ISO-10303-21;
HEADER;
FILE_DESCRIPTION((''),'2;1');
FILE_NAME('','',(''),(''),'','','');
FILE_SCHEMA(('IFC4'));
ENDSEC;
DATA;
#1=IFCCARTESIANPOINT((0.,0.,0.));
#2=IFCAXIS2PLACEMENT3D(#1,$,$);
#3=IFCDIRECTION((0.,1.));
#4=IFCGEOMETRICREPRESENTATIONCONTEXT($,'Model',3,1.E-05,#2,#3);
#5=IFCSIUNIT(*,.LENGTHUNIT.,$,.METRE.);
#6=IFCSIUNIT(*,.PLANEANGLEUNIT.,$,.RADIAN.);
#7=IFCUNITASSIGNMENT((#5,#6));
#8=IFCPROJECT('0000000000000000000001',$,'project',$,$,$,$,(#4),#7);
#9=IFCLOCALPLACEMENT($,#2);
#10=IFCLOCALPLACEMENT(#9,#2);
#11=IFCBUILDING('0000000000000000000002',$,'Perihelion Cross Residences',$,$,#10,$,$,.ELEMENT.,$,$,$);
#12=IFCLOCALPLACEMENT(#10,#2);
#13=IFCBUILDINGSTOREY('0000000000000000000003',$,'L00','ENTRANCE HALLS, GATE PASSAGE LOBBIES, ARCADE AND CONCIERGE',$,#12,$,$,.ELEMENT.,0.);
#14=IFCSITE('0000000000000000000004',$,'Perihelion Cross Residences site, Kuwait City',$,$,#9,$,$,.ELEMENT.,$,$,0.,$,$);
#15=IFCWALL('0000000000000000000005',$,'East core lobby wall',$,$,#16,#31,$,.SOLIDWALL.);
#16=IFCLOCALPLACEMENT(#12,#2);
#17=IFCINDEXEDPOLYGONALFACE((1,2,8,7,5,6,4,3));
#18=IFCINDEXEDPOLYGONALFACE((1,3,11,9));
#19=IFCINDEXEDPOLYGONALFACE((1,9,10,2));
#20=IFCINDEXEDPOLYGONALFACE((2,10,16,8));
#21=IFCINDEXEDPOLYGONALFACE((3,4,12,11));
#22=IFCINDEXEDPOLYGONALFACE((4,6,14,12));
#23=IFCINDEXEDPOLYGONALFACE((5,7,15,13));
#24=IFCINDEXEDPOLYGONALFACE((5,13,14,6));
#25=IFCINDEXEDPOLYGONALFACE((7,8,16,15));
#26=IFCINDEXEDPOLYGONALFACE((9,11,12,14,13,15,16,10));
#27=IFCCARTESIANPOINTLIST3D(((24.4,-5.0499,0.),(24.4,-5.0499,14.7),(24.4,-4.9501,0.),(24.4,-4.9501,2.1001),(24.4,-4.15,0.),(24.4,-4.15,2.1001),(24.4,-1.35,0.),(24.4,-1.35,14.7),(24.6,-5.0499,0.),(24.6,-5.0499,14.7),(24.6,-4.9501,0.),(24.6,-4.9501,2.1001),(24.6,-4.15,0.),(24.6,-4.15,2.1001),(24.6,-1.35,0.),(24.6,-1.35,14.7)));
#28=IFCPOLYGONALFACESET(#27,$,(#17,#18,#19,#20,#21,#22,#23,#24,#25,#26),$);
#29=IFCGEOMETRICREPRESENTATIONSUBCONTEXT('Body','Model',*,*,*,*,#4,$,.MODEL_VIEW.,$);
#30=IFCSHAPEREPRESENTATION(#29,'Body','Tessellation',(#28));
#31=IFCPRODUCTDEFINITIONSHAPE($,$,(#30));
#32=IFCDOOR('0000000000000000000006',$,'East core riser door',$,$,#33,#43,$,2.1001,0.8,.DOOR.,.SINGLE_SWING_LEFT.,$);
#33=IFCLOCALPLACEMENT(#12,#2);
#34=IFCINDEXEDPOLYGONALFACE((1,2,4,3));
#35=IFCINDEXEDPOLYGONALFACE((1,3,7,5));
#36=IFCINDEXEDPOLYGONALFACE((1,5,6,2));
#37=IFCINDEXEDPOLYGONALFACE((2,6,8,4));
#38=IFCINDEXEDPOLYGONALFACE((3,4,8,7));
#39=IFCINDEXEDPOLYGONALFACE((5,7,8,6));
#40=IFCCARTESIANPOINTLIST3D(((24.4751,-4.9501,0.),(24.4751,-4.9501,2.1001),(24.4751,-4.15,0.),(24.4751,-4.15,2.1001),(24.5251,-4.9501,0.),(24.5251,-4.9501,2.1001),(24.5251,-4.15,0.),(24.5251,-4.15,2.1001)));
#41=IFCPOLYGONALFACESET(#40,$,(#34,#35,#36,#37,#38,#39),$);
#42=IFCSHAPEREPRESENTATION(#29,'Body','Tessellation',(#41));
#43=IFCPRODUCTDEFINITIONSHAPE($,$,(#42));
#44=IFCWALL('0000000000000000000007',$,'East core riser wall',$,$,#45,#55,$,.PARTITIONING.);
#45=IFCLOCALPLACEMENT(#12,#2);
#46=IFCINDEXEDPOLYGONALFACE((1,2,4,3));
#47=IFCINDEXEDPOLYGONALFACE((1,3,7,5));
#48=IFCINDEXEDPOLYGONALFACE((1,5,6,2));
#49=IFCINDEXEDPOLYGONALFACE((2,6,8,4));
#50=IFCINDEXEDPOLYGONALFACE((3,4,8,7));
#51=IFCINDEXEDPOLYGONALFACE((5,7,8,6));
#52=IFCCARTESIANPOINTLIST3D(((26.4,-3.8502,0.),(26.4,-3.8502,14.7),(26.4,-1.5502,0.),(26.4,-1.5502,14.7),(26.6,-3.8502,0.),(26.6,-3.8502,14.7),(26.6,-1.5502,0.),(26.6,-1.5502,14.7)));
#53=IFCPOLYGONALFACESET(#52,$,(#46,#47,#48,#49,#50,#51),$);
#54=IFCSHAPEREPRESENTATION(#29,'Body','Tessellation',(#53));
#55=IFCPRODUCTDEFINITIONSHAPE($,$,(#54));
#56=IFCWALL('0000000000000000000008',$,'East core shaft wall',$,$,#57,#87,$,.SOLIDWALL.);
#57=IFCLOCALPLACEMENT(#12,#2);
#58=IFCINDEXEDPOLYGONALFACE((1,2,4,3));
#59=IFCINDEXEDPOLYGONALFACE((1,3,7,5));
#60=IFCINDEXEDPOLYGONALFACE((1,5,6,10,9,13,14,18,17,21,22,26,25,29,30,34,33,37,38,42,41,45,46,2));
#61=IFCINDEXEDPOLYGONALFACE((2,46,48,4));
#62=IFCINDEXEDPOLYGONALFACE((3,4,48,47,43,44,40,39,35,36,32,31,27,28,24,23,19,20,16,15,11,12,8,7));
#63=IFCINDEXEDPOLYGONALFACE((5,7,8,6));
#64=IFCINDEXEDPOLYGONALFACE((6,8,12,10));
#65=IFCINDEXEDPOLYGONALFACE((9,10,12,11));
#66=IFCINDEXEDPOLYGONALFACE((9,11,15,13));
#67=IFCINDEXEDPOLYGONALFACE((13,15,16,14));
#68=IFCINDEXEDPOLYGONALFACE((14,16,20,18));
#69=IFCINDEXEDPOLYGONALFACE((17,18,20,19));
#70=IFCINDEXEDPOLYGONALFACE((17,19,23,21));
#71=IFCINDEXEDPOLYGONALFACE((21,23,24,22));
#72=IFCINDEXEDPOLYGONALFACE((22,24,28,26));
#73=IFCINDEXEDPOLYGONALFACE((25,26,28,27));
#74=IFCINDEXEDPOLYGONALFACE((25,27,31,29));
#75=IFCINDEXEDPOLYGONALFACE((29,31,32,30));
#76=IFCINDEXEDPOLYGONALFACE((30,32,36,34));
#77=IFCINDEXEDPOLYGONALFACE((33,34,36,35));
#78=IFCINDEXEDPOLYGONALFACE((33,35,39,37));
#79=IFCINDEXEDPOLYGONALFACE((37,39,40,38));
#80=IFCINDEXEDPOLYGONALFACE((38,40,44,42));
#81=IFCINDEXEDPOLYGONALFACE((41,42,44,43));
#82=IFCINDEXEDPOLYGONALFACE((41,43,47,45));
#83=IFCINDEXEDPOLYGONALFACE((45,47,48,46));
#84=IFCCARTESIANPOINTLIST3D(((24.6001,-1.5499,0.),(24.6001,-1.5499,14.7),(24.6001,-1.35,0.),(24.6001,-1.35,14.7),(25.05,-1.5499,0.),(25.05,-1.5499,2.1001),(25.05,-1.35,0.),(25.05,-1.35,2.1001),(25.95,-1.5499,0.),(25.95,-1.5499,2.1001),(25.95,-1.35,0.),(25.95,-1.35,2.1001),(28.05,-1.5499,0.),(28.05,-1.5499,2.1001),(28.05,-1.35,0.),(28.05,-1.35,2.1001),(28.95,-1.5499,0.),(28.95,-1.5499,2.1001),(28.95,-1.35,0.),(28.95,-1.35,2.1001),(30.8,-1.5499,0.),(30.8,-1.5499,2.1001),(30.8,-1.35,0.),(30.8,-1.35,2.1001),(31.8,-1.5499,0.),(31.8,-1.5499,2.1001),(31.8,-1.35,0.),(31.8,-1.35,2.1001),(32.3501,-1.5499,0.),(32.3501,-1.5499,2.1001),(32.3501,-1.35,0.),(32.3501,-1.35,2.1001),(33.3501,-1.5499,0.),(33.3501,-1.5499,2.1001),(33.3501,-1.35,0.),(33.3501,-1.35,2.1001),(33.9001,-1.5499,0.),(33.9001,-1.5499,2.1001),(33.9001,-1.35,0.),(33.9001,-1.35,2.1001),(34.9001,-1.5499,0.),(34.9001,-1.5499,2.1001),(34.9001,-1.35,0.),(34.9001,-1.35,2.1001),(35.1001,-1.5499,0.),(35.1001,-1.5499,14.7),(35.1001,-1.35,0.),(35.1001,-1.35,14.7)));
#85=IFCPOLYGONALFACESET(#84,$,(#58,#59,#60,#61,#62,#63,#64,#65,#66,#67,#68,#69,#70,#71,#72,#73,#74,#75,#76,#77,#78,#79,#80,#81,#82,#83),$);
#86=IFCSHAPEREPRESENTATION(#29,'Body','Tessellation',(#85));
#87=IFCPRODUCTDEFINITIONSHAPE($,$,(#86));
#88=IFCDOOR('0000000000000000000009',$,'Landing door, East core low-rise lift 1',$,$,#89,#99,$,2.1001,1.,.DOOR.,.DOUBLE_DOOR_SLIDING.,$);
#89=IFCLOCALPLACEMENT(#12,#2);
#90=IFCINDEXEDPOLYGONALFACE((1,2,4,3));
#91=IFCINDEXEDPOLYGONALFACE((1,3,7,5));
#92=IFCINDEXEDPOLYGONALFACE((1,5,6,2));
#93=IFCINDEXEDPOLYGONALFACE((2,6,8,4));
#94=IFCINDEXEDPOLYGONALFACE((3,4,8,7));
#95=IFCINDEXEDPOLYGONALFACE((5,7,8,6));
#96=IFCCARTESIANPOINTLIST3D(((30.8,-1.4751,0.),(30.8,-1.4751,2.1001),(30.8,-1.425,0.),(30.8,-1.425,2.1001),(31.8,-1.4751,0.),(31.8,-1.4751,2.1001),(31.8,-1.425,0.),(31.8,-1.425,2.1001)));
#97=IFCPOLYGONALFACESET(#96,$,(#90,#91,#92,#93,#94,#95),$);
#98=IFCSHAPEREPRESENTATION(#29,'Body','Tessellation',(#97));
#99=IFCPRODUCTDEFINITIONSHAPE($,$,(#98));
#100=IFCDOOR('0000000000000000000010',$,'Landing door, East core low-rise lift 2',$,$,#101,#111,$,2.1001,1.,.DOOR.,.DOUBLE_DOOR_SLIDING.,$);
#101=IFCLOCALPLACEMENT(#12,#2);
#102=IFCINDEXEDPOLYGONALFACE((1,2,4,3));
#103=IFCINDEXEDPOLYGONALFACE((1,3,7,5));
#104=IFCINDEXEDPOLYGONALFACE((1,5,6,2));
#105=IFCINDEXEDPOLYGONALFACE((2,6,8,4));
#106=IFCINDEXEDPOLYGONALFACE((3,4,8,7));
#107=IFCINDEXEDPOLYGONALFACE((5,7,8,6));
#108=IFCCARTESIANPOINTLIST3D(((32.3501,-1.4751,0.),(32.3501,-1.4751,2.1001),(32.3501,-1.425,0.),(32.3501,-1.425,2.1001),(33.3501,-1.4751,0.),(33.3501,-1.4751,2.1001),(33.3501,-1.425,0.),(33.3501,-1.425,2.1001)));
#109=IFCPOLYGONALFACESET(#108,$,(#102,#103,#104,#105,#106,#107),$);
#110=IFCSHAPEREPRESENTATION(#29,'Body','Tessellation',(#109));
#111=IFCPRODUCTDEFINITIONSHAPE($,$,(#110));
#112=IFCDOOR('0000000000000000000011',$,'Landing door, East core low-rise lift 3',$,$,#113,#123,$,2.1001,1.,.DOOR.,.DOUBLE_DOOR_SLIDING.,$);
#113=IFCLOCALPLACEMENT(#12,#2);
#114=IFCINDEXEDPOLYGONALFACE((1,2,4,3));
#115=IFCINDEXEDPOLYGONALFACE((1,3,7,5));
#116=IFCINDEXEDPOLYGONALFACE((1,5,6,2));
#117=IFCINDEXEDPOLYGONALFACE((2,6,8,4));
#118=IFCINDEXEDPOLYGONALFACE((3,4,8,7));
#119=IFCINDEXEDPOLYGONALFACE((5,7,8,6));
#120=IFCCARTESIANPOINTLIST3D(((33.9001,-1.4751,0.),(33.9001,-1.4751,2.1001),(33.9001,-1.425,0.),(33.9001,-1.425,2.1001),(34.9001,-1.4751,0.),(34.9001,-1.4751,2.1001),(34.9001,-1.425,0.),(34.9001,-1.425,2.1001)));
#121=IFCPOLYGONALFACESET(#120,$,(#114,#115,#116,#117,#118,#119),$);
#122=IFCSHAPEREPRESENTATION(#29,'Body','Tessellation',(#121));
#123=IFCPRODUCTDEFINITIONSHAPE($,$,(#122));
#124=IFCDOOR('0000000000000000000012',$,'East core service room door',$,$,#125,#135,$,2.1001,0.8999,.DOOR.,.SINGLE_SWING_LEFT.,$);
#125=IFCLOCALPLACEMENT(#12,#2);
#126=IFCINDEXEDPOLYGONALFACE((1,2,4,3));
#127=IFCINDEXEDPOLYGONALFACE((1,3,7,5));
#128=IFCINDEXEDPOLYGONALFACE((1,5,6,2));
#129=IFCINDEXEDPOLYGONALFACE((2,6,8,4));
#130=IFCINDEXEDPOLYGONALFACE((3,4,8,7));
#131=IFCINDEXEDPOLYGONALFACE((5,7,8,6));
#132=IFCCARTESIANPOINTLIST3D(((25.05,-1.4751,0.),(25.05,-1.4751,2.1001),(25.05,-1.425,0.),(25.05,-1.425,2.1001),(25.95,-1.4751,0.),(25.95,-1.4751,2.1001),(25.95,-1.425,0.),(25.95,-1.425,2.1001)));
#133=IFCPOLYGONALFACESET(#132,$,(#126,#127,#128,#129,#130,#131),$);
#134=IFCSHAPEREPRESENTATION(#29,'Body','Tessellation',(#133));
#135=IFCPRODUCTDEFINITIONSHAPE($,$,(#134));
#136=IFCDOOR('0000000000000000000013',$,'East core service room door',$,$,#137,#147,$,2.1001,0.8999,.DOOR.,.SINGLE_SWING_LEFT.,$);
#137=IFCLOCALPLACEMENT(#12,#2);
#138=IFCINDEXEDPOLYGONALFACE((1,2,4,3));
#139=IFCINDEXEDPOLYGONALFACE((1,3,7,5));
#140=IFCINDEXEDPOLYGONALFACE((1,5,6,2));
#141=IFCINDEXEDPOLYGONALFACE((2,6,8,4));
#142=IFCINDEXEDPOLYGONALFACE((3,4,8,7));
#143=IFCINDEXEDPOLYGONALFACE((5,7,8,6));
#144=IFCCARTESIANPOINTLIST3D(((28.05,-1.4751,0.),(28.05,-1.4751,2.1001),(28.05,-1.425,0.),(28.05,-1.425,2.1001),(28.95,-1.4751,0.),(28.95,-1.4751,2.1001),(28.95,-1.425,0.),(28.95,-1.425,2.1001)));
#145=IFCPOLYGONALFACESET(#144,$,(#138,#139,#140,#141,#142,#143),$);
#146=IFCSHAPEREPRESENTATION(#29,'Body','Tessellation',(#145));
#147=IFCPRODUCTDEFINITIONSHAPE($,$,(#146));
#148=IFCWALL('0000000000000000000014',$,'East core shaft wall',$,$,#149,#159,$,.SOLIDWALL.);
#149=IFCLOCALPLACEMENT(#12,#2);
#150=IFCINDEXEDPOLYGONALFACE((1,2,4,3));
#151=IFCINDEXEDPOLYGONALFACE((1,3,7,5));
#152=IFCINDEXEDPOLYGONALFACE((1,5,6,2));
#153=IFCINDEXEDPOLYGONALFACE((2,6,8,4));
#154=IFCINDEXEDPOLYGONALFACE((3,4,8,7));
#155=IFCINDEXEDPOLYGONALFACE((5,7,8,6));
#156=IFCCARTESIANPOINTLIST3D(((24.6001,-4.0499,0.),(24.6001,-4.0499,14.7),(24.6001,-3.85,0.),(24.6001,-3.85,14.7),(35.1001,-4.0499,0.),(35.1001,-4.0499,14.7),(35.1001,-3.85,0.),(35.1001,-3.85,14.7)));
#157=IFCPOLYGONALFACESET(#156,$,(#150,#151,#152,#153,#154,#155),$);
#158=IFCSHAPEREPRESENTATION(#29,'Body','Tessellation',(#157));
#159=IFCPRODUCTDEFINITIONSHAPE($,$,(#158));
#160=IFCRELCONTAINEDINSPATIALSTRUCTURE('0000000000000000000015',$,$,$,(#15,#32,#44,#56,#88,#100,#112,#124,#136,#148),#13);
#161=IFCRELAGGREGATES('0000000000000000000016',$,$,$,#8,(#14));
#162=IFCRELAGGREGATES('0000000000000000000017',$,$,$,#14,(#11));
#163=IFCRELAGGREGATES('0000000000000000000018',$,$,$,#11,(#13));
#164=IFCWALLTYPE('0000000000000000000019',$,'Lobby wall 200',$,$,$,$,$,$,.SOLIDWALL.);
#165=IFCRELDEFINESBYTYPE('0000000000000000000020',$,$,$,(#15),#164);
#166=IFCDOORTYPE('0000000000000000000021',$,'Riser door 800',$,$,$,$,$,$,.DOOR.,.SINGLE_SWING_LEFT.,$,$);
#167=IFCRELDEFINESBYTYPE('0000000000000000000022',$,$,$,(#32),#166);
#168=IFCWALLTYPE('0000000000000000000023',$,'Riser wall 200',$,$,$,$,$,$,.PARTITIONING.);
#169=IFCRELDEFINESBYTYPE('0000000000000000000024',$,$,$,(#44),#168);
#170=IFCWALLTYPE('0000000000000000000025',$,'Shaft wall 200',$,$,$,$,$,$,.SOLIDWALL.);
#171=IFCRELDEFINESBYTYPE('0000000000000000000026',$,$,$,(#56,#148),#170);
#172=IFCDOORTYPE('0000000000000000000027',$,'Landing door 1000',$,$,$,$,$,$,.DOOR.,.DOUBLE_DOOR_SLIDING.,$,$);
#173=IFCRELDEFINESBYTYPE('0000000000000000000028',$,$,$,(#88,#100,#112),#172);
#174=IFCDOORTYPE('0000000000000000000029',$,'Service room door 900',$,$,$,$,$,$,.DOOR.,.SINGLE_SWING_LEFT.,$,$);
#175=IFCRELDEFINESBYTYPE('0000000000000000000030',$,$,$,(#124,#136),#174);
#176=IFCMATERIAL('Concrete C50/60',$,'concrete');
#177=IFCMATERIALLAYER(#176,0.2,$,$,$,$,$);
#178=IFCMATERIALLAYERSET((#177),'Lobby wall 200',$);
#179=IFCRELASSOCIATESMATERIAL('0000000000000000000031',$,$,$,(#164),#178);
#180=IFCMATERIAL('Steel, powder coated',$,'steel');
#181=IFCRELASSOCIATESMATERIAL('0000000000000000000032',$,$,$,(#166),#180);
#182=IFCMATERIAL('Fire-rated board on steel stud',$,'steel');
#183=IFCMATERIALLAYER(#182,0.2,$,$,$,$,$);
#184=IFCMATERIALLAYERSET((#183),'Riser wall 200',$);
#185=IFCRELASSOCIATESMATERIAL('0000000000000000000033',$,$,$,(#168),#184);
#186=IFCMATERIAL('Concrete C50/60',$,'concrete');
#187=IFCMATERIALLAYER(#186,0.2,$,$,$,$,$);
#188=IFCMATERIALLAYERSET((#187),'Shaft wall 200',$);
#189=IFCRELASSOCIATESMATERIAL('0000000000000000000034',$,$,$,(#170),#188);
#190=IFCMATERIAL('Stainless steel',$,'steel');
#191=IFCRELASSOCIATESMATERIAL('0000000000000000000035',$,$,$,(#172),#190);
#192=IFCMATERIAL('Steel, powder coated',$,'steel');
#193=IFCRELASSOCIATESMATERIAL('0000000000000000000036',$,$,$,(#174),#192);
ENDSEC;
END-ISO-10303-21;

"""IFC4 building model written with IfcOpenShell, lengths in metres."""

from ifc_helpers import new_model, si_unit, direction, frame, frame_2d, origin, place, context, subcontext, project, spatial, rectangle, extrude, material, layer, layer_set, type_object, element, fill, save


model = new_model("IFC4")

# Units and contexts
model_context = context("Model", 3, precision=1e-05, world=origin(), true_north=direction((0.0, 1.0)))
body_context = subcontext(model_context, "Body", "Model", "MODEL_VIEW")
ifc_project = project(units=[si_unit("LENGTHUNIT", "METRE"), si_unit("PLANEANGLEUNIT", "RADIAN")], contexts=[model_context])

# Site, building, storey
site_placement = place(None, origin())
site = spatial("IfcSite", under=ifc_project, at=site_placement, Name="Perihelion Cross Residences site, Kuwait City", CompositionType="ELEMENT", RefElevation=0.0)
building_placement = place(site_placement, origin())
building = spatial("IfcBuilding", under=site, at=building_placement, Name="Perihelion Cross Residences", CompositionType="ELEMENT")
storey_placement = place(building_placement, origin())
storey = spatial("IfcBuildingStorey", under=building, at=storey_placement, Name="L00", Description="ENTRANCE HALLS, GATE PASSAGE LOBBIES, ARCADE AND CONCIERGE", CompositionType="ELEMENT", Elevation=0.0)

# Wall, opening, door
ifc_material_1 = material(Name="Concrete C50/60", Category="concrete")
ifc_layer_1 = layer(ifc_material_1, 0.2)
ifc_layer_set_1 = layer_set([ifc_layer_1], Name="Lobby wall 200")
wall_type_1 = type_object("IfcWallType", Name="Lobby wall 200", PredefinedType="SOLIDWALL", material=ifc_layer_set_1)
wall_1_placement = place(storey_placement, frame((24.5, -5.05, 0.0), z_axis=(0.0, 0.0, 1.0), x_axis=(0.0, 1.0, 0.0)))
wall_1 = element("IfcWall", 1, at=wall_1_placement, inside=storey, type_object=wall_type_1, Name="East core lobby wall", PredefinedType="SOLIDWALL", context=body_context, shape_type="SweptSolid", body=[
    extrude(rectangle(XDim=3.7, YDim=0.2, at=frame_2d((1.8501, 0.0))), origin(), (0.0, 0.0, 1.0), 14.7),
])
opening_1_placement = place(wall_1_placement, frame((0.1001, 0.0, 0.0)))
opening_1 = element("IfcOpeningElement", 2, at=opening_1_placement, cuts=wall_1, PredefinedType="OPENING", context=body_context, shape_type="SweptSolid", body=[
    extrude(rectangle(XDim=0.8, YDim=2.1001, at=frame_2d((0.3999, 1.05))), frame((0.0, 0.1099, 0.0), z_axis=(0.0, -1.0, 0.0), x_axis=(1.0, 0.0, 0.0)), (0.0, 0.0, 1.0), 0.22),
])
ifc_material_2 = material(Name="Steel, powder coated", Category="steel")
door_type_1 = type_object("IfcDoorType", Name="Riser door 800", OperationType="SINGLE_SWING_LEFT", PredefinedType="DOOR", material=ifc_material_2)
door_1_placement = place(opening_1_placement, origin())
door_1 = element("IfcDoor", 3, at=door_1_placement, inside=storey, type_object=door_type_1, Name="East core riser door", OperationType="SINGLE_SWING_LEFT", OverallHeight=2.1001, OverallWidth=0.8, PredefinedType="DOOR", context=body_context, shape_type="SweptSolid", body=[
    extrude(rectangle(XDim=0.8, YDim=2.1001, at=frame_2d((0.3999, 1.05))), frame((0.0, 0.0249, 0.0), z_axis=(0.0, -1.0, 0.0), x_axis=(1.0, 0.0, 0.0)), (0.0, 0.0, 1.0), 0.05),
])
fill(opening_1, door_1)

# Wall
ifc_material_3 = material(Name="Fire-rated board on steel stud", Category="steel")
ifc_layer_2 = layer(ifc_material_3, 0.2)
ifc_layer_set_2 = layer_set([ifc_layer_2], Name="Riser wall 200")
wall_type_2 = type_object("IfcWallType", Name="Riser wall 200", PredefinedType="PARTITIONING", material=ifc_layer_set_2)
wall_2_placement = place(storey_placement, frame((26.5, -3.8501, 0.0), z_axis=(0.0, 0.0, 1.0), x_axis=(0.0, 1.0, 0.0)))
element("IfcWall", 4, at=wall_2_placement, inside=storey, type_object=wall_type_2, Name="East core riser wall", PredefinedType="PARTITIONING", context=body_context, shape_type="SweptSolid", body=[
    extrude(rectangle(XDim=2.3, YDim=0.2, at=frame_2d((1.1499, 0.0))), origin(), (0.0, 0.0, 1.0), 14.7),
])

# Wall, openings, doors
ifc_material_4 = material(Name="Concrete C50/60", Category="concrete")
ifc_layer_3 = layer(ifc_material_4, 0.2)
ifc_layer_set_3 = layer_set([ifc_layer_3], Name="Shaft wall 200")
wall_type_3 = type_object("IfcWallType", Name="Shaft wall 200", PredefinedType="SOLIDWALL", material=ifc_layer_set_3)
wall_3_placement = place(storey_placement, frame((24.6001, -1.45, 0.0), z_axis=(0.0, 0.0, 1.0), x_axis=(1.0, 0.0, 0.0)))
wall_3 = element("IfcWall", 5, at=wall_3_placement, inside=storey, type_object=wall_type_3, Name="East core shaft wall", PredefinedType="SOLIDWALL", context=body_context, shape_type="SweptSolid", body=[
    extrude(rectangle(XDim=10.5, YDim=0.2, at=frame_2d((5.25, 0.0))), origin(), (0.0, 0.0, 1.0), 14.7),
])
opening_2_placement = place(wall_3_placement, frame((6.2, 0.0, 0.0)))
opening_2 = element("IfcOpeningElement", 6, at=opening_2_placement, cuts=wall_3, PredefinedType="OPENING", context=body_context, shape_type="SweptSolid", body=[
    extrude(rectangle(XDim=1.0, YDim=2.1001, at=frame_2d((0.5, 1.05))), frame((0.0, 0.1099, 0.0), z_axis=(0.0, -1.0, 0.0), x_axis=(1.0, 0.0, 0.0)), (0.0, 0.0, 1.0), 0.22),
])
opening_3_placement = place(wall_3_placement, frame((7.75, 0.0, 0.0)))
opening_3 = element("IfcOpeningElement", 7, at=opening_3_placement, cuts=wall_3, PredefinedType="OPENING", context=body_context, shape_type="SweptSolid", body=[
    extrude(rectangle(XDim=1.0, YDim=2.1001, at=frame_2d((0.5, 1.05))), frame((0.0, 0.1099, 0.0), z_axis=(0.0, -1.0, 0.0), x_axis=(1.0, 0.0, 0.0)), (0.0, 0.0, 1.0), 0.22),
])
opening_4_placement = place(wall_3_placement, frame((9.3, 0.0, 0.0)))
opening_4 = element("IfcOpeningElement", 8, at=opening_4_placement, cuts=wall_3, PredefinedType="OPENING", context=body_context, shape_type="SweptSolid", body=[
    extrude(rectangle(XDim=1.0, YDim=2.1001, at=frame_2d((0.5, 1.05))), frame((0.0, 0.1099, 0.0), z_axis=(0.0, -1.0, 0.0), x_axis=(1.0, 0.0, 0.0)), (0.0, 0.0, 1.0), 0.22),
])
opening_5_placement = place(wall_3_placement, frame((0.45, 0.0, 0.0)))
opening_5 = element("IfcOpeningElement", 9, at=opening_5_placement, cuts=wall_3, PredefinedType="OPENING", context=body_context, shape_type="SweptSolid", body=[
    extrude(rectangle(XDim=0.8999, YDim=2.1001, at=frame_2d((0.45, 1.05))), frame((0.0, 0.1099, 0.0), z_axis=(0.0, -1.0, 0.0), x_axis=(1.0, 0.0, 0.0)), (0.0, 0.0, 1.0), 0.22),
])
opening_6_placement = place(wall_3_placement, frame((3.45, 0.0, 0.0)))
opening_6 = element("IfcOpeningElement", 10, at=opening_6_placement, cuts=wall_3, PredefinedType="OPENING", context=body_context, shape_type="SweptSolid", body=[
    extrude(rectangle(XDim=0.8999, YDim=2.1001, at=frame_2d((0.45, 1.05))), frame((0.0, 0.1099, 0.0), z_axis=(0.0, -1.0, 0.0), x_axis=(1.0, 0.0, 0.0)), (0.0, 0.0, 1.0), 0.22),
])
ifc_material_5 = material(Name="Stainless steel", Category="steel")
door_type_2 = type_object("IfcDoorType", Name="Landing door 1000", OperationType="DOUBLE_DOOR_SLIDING", PredefinedType="DOOR", material=ifc_material_5)
door_2_placement = place(opening_2_placement, origin())
door_2 = element("IfcDoor", 11, at=door_2_placement, inside=storey, type_object=door_type_2, Name="Landing door, East core low-rise lift 1", OperationType="DOUBLE_DOOR_SLIDING", OverallHeight=2.1001, OverallWidth=1.0, PredefinedType="DOOR", context=body_context, shape_type="SweptSolid", body=[
    extrude(rectangle(XDim=1.0, YDim=2.1001, at=frame_2d((0.5, 1.05))), frame((0.0, 0.0249, 0.0), z_axis=(0.0, -1.0, 0.0), x_axis=(1.0, 0.0, 0.0)), (0.0, 0.0, 1.0), 0.05),
])
fill(opening_2, door_2)
door_3_placement = place(opening_3_placement, origin())
door_3 = element("IfcDoor", 12, at=door_3_placement, inside=storey, type_object=door_type_2, Name="Landing door, East core low-rise lift 2", OperationType="DOUBLE_DOOR_SLIDING", OverallHeight=2.1001, OverallWidth=1.0, PredefinedType="DOOR", context=body_context, shape_type="SweptSolid", body=[
    extrude(rectangle(XDim=1.0, YDim=2.1001, at=frame_2d((0.5, 1.05))), frame((0.0, 0.0249, 0.0), z_axis=(0.0, -1.0, 0.0), x_axis=(1.0, 0.0, 0.0)), (0.0, 0.0, 1.0), 0.05),
])
fill(opening_3, door_3)
door_4_placement = place(opening_4_placement, origin())
door_4 = element("IfcDoor", 13, at=door_4_placement, inside=storey, type_object=door_type_2, Name="Landing door, East core low-rise lift 3", OperationType="DOUBLE_DOOR_SLIDING", OverallHeight=2.1001, OverallWidth=1.0, PredefinedType="DOOR", context=body_context, shape_type="SweptSolid", body=[
    extrude(rectangle(XDim=1.0, YDim=2.1001, at=frame_2d((0.5, 1.05))), frame((0.0, 0.0249, 0.0), z_axis=(0.0, -1.0, 0.0), x_axis=(1.0, 0.0, 0.0)), (0.0, 0.0, 1.0), 0.05),
])
fill(opening_4, door_4)
ifc_material_6 = material(Name="Steel, powder coated", Category="steel")
door_type_3 = type_object("IfcDoorType", Name="Service room door 900", OperationType="SINGLE_SWING_LEFT", PredefinedType="DOOR", material=ifc_material_6)
door_5_placement = place(opening_5_placement, origin())
door_5 = element("IfcDoor", 14, at=door_5_placement, inside=storey, type_object=door_type_3, Name="East core service room door", OperationType="SINGLE_SWING_LEFT", OverallHeight=2.1001, OverallWidth=0.8999, PredefinedType="DOOR", context=body_context, shape_type="SweptSolid", body=[
    extrude(rectangle(XDim=0.8999, YDim=2.1001, at=frame_2d((0.45, 1.05))), frame((0.0, 0.0249, 0.0), z_axis=(0.0, -1.0, 0.0), x_axis=(1.0, 0.0, 0.0)), (0.0, 0.0, 1.0), 0.05),
])
fill(opening_5, door_5)
door_6_placement = place(opening_6_placement, origin())
door_6 = element("IfcDoor", 15, at=door_6_placement, inside=storey, type_object=door_type_3, Name="East core service room door", OperationType="SINGLE_SWING_LEFT", OverallHeight=2.1001, OverallWidth=0.8999, PredefinedType="DOOR", context=body_context, shape_type="SweptSolid", body=[
    extrude(rectangle(XDim=0.8999, YDim=2.1001, at=frame_2d((0.45, 1.05))), frame((0.0, 0.0249, 0.0), z_axis=(0.0, -1.0, 0.0), x_axis=(1.0, 0.0, 0.0)), (0.0, 0.0, 1.0), 0.05),
])
fill(opening_6, door_6)

# Wall
wall_4_placement = place(storey_placement, frame((24.6001, -3.95, 0.0), z_axis=(0.0, 0.0, 1.0), x_axis=(1.0, 0.0, 0.0)))
element("IfcWall", 16, at=wall_4_placement, inside=storey, type_object=wall_type_3, Name="East core shaft wall", PredefinedType="SOLIDWALL", context=body_context, shape_type="SweptSolid", body=[
    extrude(rectangle(XDim=10.5, YDim=0.2, at=frame_2d((5.25, 0.0))), origin(), (0.0, 0.0, 1.0), 14.7),
])

save(model, "model.ifc")
